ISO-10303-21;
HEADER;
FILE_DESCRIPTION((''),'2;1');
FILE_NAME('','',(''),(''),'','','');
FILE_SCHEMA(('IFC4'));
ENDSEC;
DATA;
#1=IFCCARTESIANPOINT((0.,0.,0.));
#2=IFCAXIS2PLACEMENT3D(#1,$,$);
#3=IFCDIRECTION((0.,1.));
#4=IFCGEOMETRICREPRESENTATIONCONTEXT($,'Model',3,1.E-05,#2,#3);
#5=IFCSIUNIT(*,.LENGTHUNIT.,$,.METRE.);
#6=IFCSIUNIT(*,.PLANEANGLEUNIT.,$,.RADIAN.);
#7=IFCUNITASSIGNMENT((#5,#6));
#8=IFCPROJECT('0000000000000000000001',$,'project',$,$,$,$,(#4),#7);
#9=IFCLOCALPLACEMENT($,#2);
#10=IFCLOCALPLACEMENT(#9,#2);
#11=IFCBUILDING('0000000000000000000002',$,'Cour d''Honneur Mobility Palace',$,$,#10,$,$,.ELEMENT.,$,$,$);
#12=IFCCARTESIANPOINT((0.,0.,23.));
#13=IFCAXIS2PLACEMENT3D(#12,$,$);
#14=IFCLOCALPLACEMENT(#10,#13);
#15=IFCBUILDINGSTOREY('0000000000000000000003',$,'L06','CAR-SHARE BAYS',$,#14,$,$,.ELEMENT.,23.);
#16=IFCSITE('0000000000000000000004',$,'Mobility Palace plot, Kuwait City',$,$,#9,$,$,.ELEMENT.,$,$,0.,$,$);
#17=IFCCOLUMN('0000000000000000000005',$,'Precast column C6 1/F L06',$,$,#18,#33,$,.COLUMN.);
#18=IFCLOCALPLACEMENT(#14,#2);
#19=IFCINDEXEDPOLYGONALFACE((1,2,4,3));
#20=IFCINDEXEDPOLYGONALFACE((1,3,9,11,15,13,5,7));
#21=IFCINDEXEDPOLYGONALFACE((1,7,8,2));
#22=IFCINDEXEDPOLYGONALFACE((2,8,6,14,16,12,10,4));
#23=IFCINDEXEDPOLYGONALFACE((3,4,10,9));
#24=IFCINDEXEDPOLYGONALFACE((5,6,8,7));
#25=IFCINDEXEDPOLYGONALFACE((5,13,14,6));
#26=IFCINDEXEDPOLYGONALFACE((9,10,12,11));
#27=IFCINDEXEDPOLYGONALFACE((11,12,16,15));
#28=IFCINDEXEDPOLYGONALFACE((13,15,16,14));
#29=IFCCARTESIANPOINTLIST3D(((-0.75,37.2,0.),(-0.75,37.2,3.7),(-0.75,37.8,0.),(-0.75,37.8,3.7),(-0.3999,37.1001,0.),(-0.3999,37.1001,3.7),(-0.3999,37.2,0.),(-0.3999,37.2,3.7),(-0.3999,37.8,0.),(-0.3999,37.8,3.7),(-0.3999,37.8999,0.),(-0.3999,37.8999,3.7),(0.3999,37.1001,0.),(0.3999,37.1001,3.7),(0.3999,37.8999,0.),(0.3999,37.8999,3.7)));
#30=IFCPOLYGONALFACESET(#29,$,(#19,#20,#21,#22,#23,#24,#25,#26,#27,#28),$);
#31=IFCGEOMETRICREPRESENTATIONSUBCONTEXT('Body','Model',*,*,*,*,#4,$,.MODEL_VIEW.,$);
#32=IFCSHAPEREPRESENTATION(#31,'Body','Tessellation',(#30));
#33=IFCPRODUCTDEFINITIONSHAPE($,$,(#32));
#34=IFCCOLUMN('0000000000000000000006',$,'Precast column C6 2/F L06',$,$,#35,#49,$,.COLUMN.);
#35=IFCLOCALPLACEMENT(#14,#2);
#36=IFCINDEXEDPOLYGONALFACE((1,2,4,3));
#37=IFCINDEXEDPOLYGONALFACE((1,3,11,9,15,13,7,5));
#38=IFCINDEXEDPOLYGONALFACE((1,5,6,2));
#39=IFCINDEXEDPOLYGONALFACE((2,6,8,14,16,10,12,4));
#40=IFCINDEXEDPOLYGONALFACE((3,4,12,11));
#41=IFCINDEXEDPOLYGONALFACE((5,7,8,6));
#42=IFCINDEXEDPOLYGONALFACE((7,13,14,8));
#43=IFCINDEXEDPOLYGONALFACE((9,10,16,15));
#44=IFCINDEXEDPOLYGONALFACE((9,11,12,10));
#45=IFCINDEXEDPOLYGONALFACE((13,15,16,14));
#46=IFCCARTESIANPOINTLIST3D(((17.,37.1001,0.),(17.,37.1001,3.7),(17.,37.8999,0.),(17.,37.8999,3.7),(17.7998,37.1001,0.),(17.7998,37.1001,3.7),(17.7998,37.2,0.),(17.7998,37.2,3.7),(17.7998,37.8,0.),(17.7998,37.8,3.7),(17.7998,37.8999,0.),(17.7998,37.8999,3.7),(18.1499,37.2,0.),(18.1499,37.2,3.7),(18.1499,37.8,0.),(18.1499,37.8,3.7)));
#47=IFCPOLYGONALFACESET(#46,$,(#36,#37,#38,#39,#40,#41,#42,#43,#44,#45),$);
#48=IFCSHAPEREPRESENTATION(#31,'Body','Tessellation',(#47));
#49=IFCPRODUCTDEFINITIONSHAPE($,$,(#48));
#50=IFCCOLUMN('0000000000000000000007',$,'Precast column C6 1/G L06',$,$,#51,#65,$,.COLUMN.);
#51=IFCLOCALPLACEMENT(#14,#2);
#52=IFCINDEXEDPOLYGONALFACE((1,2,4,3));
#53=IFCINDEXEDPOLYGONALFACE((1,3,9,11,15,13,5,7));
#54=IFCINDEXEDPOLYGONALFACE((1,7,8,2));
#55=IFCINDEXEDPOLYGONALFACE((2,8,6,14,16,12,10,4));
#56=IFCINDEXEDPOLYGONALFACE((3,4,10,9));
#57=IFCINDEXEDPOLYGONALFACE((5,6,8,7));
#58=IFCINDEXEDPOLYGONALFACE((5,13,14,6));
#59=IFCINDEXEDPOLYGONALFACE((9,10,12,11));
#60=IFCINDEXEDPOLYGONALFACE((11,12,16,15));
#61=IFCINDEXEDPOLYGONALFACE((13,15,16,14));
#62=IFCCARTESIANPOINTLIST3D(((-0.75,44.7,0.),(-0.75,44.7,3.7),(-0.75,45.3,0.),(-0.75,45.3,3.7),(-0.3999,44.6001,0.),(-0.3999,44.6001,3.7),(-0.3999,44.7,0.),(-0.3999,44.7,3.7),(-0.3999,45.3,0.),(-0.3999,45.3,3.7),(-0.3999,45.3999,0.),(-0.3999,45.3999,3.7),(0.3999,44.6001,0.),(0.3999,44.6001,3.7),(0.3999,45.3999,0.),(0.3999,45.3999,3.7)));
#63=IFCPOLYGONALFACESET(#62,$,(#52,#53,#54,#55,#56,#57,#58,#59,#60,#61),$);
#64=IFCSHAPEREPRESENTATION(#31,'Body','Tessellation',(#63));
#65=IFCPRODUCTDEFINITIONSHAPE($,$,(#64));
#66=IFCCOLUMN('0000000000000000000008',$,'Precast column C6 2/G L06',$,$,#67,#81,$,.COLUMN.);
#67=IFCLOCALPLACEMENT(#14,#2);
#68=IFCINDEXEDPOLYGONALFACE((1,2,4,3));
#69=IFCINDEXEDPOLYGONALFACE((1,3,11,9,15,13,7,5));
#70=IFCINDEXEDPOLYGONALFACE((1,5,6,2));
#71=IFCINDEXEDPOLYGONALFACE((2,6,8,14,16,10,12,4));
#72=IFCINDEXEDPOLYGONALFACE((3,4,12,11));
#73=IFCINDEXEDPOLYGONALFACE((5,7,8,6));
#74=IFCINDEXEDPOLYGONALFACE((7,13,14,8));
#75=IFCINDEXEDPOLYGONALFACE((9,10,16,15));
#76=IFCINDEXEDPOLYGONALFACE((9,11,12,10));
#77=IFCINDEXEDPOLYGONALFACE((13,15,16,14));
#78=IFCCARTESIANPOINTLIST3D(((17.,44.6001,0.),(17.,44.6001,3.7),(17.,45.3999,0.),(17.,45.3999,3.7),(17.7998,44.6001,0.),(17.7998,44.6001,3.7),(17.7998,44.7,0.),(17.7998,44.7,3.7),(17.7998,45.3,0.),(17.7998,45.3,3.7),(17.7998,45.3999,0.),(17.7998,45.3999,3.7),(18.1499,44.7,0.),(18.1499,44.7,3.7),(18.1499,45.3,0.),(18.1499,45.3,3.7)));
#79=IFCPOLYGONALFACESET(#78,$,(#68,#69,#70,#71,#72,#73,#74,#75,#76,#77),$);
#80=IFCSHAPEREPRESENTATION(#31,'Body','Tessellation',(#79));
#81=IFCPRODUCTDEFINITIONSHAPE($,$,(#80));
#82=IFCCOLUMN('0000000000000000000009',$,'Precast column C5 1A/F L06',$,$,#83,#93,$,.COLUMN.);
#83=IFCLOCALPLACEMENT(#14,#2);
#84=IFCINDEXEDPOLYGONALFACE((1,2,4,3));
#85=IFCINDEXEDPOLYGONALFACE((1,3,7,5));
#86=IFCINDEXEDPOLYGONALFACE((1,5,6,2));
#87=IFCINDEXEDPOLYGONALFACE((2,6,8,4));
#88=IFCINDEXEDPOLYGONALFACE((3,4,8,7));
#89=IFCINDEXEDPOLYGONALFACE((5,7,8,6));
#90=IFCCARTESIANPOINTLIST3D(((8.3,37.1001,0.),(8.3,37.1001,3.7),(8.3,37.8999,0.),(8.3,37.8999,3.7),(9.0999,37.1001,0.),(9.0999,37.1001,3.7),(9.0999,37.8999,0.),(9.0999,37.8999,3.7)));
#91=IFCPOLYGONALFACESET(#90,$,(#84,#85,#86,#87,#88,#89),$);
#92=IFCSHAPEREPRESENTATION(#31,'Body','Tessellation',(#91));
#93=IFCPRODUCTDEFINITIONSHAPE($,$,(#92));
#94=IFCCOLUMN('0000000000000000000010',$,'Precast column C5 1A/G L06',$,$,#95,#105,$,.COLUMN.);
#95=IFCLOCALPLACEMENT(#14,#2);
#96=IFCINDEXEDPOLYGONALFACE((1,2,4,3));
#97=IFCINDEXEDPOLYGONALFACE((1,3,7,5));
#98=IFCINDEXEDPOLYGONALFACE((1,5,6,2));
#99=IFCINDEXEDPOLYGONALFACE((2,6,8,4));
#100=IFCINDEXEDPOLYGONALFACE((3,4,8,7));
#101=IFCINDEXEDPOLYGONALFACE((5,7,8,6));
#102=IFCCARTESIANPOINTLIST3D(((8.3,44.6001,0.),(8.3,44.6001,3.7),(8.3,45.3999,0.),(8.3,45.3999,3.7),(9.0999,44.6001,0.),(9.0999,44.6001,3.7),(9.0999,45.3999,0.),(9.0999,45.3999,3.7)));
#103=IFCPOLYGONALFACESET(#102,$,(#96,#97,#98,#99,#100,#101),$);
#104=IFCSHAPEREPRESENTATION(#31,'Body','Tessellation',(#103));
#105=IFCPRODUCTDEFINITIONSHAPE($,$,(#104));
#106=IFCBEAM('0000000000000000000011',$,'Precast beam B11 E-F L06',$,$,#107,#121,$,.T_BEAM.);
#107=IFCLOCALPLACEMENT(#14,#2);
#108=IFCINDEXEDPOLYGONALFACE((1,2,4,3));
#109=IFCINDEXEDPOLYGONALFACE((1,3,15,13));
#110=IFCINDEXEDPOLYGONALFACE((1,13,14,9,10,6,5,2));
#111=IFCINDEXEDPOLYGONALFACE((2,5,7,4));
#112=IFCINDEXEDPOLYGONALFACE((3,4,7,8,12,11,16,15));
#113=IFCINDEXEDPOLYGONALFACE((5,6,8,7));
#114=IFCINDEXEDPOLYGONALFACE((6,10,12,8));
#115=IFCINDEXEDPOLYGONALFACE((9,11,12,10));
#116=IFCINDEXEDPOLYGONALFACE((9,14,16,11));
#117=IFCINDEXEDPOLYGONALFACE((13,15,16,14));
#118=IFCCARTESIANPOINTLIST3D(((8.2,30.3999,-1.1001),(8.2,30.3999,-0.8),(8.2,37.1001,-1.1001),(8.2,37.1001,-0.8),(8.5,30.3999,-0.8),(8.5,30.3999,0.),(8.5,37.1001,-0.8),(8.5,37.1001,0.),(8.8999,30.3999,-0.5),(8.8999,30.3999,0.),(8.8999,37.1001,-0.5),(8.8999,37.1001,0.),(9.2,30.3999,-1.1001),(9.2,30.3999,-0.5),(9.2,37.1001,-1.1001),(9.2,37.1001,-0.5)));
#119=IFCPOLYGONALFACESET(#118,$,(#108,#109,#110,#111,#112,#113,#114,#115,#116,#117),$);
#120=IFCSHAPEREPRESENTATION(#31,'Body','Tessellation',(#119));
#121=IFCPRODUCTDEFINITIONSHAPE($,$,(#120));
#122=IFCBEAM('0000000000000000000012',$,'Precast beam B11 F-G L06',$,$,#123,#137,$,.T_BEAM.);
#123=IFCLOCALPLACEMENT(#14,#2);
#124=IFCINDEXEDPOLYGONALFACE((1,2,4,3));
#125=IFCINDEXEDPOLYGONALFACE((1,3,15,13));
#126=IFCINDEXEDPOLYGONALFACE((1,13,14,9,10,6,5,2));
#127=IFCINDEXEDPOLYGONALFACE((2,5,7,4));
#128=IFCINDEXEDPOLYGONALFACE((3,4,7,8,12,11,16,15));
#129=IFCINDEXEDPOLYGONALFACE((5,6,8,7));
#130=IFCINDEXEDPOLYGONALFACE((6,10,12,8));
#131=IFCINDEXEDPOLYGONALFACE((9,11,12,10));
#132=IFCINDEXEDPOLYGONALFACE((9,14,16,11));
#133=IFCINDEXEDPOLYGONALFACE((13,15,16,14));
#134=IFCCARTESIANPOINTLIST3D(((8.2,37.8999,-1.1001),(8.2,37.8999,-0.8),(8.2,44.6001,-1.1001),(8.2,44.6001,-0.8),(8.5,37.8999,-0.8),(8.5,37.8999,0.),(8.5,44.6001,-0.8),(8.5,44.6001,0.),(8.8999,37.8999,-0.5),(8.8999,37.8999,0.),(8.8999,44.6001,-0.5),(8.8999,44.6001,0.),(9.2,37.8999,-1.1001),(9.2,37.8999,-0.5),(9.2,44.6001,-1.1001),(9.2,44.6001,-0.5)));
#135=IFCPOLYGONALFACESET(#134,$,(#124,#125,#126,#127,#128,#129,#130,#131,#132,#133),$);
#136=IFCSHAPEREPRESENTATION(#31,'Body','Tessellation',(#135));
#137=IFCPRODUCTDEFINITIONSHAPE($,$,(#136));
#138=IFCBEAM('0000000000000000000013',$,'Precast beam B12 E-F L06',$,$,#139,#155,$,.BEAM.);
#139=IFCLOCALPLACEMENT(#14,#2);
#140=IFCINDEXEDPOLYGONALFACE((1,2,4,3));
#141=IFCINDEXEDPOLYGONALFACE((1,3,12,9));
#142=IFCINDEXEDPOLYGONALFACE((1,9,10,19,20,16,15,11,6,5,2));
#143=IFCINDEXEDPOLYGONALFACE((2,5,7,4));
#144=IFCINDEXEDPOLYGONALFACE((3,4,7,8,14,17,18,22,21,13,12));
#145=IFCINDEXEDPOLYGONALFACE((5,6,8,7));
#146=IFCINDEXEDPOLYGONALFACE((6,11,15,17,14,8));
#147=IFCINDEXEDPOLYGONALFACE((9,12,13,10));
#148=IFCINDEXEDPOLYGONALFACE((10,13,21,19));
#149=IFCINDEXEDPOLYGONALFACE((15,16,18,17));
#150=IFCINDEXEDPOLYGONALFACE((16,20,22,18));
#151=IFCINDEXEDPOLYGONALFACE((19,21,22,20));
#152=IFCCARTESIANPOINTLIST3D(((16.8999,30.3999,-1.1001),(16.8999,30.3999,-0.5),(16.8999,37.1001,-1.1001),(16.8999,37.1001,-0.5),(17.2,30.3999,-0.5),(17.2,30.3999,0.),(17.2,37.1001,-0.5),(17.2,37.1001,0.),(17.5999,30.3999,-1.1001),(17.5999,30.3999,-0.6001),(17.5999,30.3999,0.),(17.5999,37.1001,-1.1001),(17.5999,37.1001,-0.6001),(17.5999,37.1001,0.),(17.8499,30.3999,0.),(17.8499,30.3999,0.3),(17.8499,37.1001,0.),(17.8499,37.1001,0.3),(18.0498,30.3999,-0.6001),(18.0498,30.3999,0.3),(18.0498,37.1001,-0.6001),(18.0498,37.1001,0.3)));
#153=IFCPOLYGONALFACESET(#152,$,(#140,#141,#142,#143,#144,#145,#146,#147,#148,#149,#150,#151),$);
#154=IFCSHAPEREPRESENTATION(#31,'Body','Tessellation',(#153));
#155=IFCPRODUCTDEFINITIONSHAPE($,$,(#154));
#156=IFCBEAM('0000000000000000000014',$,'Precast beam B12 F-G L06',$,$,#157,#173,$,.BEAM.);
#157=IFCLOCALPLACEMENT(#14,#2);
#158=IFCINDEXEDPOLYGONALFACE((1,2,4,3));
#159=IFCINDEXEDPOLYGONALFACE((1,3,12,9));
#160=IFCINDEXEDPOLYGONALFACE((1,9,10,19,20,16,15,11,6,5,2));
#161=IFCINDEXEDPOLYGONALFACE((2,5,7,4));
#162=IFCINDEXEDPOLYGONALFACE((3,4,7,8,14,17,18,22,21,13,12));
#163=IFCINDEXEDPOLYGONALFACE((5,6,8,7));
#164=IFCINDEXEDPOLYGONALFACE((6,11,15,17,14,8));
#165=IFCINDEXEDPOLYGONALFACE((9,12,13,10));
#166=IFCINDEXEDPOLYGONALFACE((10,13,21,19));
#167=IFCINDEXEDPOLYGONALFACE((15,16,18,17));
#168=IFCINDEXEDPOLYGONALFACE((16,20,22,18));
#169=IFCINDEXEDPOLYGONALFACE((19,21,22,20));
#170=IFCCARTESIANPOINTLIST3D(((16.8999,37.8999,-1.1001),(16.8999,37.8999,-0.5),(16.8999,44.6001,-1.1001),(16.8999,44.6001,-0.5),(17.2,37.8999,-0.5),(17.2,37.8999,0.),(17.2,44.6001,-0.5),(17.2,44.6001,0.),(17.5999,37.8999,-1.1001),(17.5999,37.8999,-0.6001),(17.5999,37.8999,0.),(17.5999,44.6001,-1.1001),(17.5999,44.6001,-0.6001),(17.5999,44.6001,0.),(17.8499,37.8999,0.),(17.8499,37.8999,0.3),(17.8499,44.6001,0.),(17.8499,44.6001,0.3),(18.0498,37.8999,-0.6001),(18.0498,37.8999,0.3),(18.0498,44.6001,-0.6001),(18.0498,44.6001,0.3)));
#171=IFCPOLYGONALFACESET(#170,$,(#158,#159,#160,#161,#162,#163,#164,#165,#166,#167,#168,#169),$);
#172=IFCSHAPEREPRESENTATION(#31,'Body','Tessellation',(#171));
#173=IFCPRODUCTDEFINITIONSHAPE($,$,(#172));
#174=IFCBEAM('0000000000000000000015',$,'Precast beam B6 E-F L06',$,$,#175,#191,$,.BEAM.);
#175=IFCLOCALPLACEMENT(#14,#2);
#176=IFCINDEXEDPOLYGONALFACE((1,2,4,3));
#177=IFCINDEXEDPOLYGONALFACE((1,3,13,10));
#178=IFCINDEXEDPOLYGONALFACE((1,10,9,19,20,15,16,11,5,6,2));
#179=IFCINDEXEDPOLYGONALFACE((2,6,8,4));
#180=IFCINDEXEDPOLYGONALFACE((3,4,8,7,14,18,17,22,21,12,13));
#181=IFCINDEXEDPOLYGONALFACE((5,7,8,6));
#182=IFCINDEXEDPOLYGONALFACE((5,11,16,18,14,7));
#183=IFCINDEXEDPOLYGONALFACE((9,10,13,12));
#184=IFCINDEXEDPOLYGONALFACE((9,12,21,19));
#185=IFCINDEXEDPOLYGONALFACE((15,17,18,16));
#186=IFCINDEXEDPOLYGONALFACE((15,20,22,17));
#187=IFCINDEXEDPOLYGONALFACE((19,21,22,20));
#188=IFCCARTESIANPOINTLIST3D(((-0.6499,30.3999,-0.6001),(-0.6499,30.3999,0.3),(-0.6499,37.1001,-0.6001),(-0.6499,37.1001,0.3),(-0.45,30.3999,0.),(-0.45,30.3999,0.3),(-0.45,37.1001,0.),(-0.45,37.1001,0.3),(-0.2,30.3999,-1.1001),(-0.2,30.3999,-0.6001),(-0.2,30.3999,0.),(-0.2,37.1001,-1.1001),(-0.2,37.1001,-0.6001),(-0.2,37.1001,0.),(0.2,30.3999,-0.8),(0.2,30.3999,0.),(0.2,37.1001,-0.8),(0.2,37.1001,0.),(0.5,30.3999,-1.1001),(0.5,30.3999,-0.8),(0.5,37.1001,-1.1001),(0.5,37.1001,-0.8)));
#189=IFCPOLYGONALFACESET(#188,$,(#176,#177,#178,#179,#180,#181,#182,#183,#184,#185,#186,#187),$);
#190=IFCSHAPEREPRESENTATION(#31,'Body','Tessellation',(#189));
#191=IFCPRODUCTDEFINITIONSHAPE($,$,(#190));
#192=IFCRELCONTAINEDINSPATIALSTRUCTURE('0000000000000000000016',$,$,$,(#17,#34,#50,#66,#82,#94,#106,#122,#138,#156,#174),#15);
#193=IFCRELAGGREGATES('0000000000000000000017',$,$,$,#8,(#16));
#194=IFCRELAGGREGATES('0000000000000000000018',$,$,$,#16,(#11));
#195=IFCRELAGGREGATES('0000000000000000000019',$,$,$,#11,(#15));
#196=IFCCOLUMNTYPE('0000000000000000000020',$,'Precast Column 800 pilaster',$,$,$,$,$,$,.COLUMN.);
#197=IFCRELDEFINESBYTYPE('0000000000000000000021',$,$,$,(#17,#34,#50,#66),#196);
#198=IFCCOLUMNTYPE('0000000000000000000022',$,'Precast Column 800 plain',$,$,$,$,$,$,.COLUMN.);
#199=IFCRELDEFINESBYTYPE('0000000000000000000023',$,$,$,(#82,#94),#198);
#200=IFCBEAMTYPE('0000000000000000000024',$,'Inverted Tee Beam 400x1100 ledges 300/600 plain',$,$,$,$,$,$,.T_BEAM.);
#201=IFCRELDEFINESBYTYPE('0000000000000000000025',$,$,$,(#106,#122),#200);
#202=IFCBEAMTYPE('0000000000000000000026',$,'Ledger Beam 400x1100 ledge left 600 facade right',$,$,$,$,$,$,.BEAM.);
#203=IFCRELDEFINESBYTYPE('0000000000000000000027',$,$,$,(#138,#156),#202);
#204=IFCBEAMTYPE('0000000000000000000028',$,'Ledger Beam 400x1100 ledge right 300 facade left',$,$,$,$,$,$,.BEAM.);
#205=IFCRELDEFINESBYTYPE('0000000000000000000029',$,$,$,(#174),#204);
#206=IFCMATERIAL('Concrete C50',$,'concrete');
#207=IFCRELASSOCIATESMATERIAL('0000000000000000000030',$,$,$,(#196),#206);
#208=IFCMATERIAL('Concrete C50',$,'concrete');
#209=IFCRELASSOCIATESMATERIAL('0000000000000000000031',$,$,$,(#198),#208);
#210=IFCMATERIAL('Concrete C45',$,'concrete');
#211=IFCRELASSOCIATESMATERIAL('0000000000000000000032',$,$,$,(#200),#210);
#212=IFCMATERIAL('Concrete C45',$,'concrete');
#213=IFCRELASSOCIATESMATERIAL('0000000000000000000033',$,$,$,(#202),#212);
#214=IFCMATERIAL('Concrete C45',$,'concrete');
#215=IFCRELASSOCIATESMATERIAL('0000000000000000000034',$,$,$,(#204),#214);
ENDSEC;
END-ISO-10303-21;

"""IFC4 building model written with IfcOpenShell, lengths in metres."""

from ifc_helpers import new_model, si_unit, direction, frame, origin, place, context, subcontext, project, spatial, polyline, outline, extrude, material, material_profile, profile_set, type_object, element, save


model = new_model("IFC4")

# Units and contexts
model_context = context("Model", 3, precision=1e-05, world=origin(), true_north=direction((0.0, 1.0)))
body_context = subcontext(model_context, "Body", "Model", "MODEL_VIEW")
ifc_project = project(units=[si_unit("LENGTHUNIT", "METRE"), si_unit("PLANEANGLEUNIT", "RADIAN")], contexts=[model_context])

# Site, building, storey
site_placement = place(None, origin())
site = spatial("IfcSite", under=ifc_project, at=site_placement, Name="Mobility Palace plot, Kuwait City", CompositionType="ELEMENT", RefElevation=0.0)
building_placement = place(site_placement, origin())
building = spatial("IfcBuilding", under=site, at=building_placement, Name="Cour d'Honneur Mobility Palace", CompositionType="ELEMENT")
storey_placement = place(building_placement, frame((0.0, 0.0, 23.0)))
storey = spatial("IfcBuildingStorey", under=building, at=storey_placement, Name="L06", Description="CAR-SHARE BAYS", CompositionType="ELEMENT", Elevation=23.0)

# Columns
ifc_material_1 = material(Name="Concrete C50", Category="concrete")
ifc_material_profile_1 = material_profile(ifc_material_1, outline(polyline([(-0.3999, -0.3999), (0.3999, -0.3999), (0.3999, -0.3), (0.75, -0.3), (0.75, 0.3), (0.3999, 0.3), (0.3999, 0.3999), (-0.3999, 0.3999), (-0.3999, -0.3999)])), Name="PC C800 pilaster")
ifc_profile_set_1 = profile_set([ifc_material_profile_1], Name="Concrete C50")
column_type_1 = type_object("IfcColumnType", Name="Precast Column 800 pilaster", PredefinedType="COLUMN", material=ifc_profile_set_1)
for number, where, z_axis, x_axis, name in (
    (1, (0.0, 37.5, 0.0), (0.0, 0.0, 1.0), (-1.0, 0.0, 0.0), "Precast column C6 1/F L06"),
    (2, (17.3999, 37.5, 0.0), (0.0, 0.0, 1.0), (1.0, 0.0, 0.0), "Precast column C6 2/F L06"),
    (3, (0.0, 45.0, 0.0), (0.0, 0.0, 1.0), (-1.0, 0.0, 0.0), "Precast column C6 1/G L06"),
    (4, (17.3999, 45.0, 0.0), (0.0, 0.0, 1.0), (1.0, 0.0, 0.0), "Precast column C6 2/G L06"),
):
    element("IfcColumn", number, at=place(storey_placement, frame(where, z_axis=z_axis, x_axis=x_axis)), inside=storey, type_object=column_type_1, Name=name, PredefinedType="COLUMN", context=body_context, shape_type="SweptSolid", body=[
        extrude(outline(polyline([(-0.3999, -0.3999), (0.3999, -0.3999), (0.3999, -0.3), (0.75, -0.3), (0.75, 0.3), (0.3999, 0.3), (0.3999, 0.3999), (-0.3999, 0.3999), (-0.3999, -0.3999)])), origin(), (0.0, 0.0, 1.0), 3.7),
    ])
ifc_material_2 = material(Name="Concrete C50", Category="concrete")
ifc_material_profile_2 = material_profile(ifc_material_2, outline(polyline([(-0.3999, -0.3999), (0.3999, -0.3999), (0.3999, 0.3999), (-0.3999, 0.3999), (-0.3999, -0.3999)])), Name="PC C800 plain")
ifc_profile_set_2 = profile_set([ifc_material_profile_2], Name="Concrete C50")
column_type_2 = type_object("IfcColumnType", Name="Precast Column 800 plain", PredefinedType="COLUMN", material=ifc_profile_set_2)
for number, where, z_axis, x_axis, name in (
    (5, (8.7, 37.5, 0.0), (0.0, 0.0, 1.0), (1.0, 0.0, 0.0), "Precast column C5 1A/F L06"),
    (6, (8.7, 45.0, 0.0), (0.0, 0.0, 1.0), (1.0, 0.0, 0.0), "Precast column C5 1A/G L06"),
):
    element("IfcColumn", number, at=place(storey_placement, frame(where, z_axis=z_axis, x_axis=x_axis)), inside=storey, type_object=column_type_2, Name=name, PredefinedType="COLUMN", context=body_context, shape_type="SweptSolid", body=[
        extrude(outline(polyline([(-0.3999, -0.3999), (0.3999, -0.3999), (0.3999, 0.3999), (-0.3999, 0.3999), (-0.3999, -0.3999)])), origin(), (0.0, 0.0, 1.0), 3.7),
    ])

# Beams
ifc_material_3 = material(Name="Concrete C45", Category="concrete")
ifc_material_profile_3 = material_profile(ifc_material_3, outline(polyline([(0.5, -1.1001), (0.5, -0.8), (0.2, -0.8), (0.2, 0.0), (-0.2, 0.0), (-0.2, -0.5), (-0.5, -0.5), (-0.5, -1.1001), (0.5, -1.1001)])), Name="Inverted Tee Beam 400x1100 ledges 300/600 plain")
ifc_profile_set_3 = profile_set([ifc_material_profile_3], Name="Concrete C45")
beam_type_1 = type_object("IfcBeamType", Name="Inverted Tee Beam 400x1100 ledges 300/600 plain", PredefinedType="T_BEAM", material=ifc_profile_set_3)
for number, where, z_axis, x_axis, name in (
    (7, (8.7, 30.3999, 0.0), (0.0, 1.0, 0.0), (-1.0, 0.0, 0.0), "Precast beam B11 E-F L06"),
    (8, (8.7, 37.8999, 0.0), (0.0, 1.0, 0.0), (-1.0, 0.0, 0.0), "Precast beam B11 F-G L06"),
):
    element("IfcBeam", number, at=place(storey_placement, frame(where, z_axis=z_axis, x_axis=x_axis)), inside=storey, type_object=beam_type_1, Name=name, PredefinedType="T_BEAM", context=body_context, shape_type="SweptSolid", body=[
        extrude(outline(polyline([(0.5, -1.1001), (0.5, -0.8), (0.2, -0.8), (0.2, 0.0), (-0.2, 0.0), (-0.2, -0.5), (-0.5, -0.5), (-0.5, -1.1001), (0.5, -1.1001)])), origin(), (0.0, 0.0, 1.0), 6.7002),
    ])
ifc_material_4 = material(Name="Concrete C45", Category="concrete")
ifc_material_profile_4 = material_profile(ifc_material_4, outline(polyline([(0.5, -1.1001), (0.5, -0.5), (0.2, -0.5), (0.2, 0.0), (-0.2, 0.0), (-0.45, 0.0), (-0.45, 0.3), (-0.6499, 0.3), (-0.6499, -0.6001), (-0.2, -0.6001), (-0.2, -1.1001), (0.5, -1.1001)])), Name="Ledger Beam 400x1100 ledge left 600 facade right")
ifc_profile_set_4 = profile_set([ifc_material_profile_4], Name="Concrete C45")
beam_type_2 = type_object("IfcBeamType", Name="Ledger Beam 400x1100 ledge left 600 facade right", PredefinedType="BEAM", material=ifc_profile_set_4)
for number, where, z_axis, x_axis, name in (
    (9, (17.3999, 30.3999, 0.0), (0.0, 1.0, 0.0), (-1.0, 0.0, 0.0), "Precast beam B12 E-F L06"),
    (10, (17.3999, 37.8999, 0.0), (0.0, 1.0, 0.0), (-1.0, 0.0, 0.0), "Precast beam B12 F-G L06"),
):
    element("IfcBeam", number, at=place(storey_placement, frame(where, z_axis=z_axis, x_axis=x_axis)), inside=storey, type_object=beam_type_2, Name=name, PredefinedType="BEAM", context=body_context, shape_type="SweptSolid", body=[
        extrude(outline(polyline([(0.5, -1.1001), (0.5, -0.5), (0.2, -0.5), (0.2, 0.0), (-0.2, 0.0), (-0.45, 0.0), (-0.45, 0.3), (-0.6499, 0.3), (-0.6499, -0.6001), (-0.2, -0.6001), (-0.2, -1.1001), (0.5, -1.1001)])), origin(), (0.0, 0.0, 1.0), 6.7002),
    ])
ifc_material_5 = material(Name="Concrete C45", Category="concrete")
ifc_material_profile_5 = material_profile(ifc_material_5, outline(polyline([(0.2, -1.1001), (0.2, -0.6001), (0.6499, -0.6001), (0.6499, 0.3), (0.45, 0.3), (0.45, 0.0), (0.2, 0.0), (-0.2, 0.0), (-0.2, -0.8), (-0.5, -0.8), (-0.5, -1.1001), (0.2, -1.1001)])), Name="Ledger Beam 400x1100 ledge right 300 facade left")
ifc_profile_set_5 = profile_set([ifc_material_profile_5], Name="Concrete C45")
beam_type_3 = type_object("IfcBeamType", Name="Ledger Beam 400x1100 ledge right 300 facade left", PredefinedType="BEAM", material=ifc_profile_set_5)
for number, where, z_axis, x_axis, name in (
    (11, (0.0, 30.3999, 0.0), (0.0, 1.0, 0.0), (-1.0, 0.0, 0.0), "Precast beam B6 E-F L06"),
):
    element("IfcBeam", number, at=place(storey_placement, frame(where, z_axis=z_axis, x_axis=x_axis)), inside=storey, type_object=beam_type_3, Name=name, PredefinedType="BEAM", context=body_context, shape_type="SweptSolid", body=[
        extrude(outline(polyline([(0.2, -1.1001), (0.2, -0.6001), (0.6499, -0.6001), (0.6499, 0.3), (0.45, 0.3), (0.45, 0.0), (0.2, 0.0), (-0.2, 0.0), (-0.2, -0.8), (-0.5, -0.8), (-0.5, -1.1001), (0.2, -1.1001)])), origin(), (0.0, 0.0, 1.0), 6.7002),
    ])

save(model, "model.ifc")
